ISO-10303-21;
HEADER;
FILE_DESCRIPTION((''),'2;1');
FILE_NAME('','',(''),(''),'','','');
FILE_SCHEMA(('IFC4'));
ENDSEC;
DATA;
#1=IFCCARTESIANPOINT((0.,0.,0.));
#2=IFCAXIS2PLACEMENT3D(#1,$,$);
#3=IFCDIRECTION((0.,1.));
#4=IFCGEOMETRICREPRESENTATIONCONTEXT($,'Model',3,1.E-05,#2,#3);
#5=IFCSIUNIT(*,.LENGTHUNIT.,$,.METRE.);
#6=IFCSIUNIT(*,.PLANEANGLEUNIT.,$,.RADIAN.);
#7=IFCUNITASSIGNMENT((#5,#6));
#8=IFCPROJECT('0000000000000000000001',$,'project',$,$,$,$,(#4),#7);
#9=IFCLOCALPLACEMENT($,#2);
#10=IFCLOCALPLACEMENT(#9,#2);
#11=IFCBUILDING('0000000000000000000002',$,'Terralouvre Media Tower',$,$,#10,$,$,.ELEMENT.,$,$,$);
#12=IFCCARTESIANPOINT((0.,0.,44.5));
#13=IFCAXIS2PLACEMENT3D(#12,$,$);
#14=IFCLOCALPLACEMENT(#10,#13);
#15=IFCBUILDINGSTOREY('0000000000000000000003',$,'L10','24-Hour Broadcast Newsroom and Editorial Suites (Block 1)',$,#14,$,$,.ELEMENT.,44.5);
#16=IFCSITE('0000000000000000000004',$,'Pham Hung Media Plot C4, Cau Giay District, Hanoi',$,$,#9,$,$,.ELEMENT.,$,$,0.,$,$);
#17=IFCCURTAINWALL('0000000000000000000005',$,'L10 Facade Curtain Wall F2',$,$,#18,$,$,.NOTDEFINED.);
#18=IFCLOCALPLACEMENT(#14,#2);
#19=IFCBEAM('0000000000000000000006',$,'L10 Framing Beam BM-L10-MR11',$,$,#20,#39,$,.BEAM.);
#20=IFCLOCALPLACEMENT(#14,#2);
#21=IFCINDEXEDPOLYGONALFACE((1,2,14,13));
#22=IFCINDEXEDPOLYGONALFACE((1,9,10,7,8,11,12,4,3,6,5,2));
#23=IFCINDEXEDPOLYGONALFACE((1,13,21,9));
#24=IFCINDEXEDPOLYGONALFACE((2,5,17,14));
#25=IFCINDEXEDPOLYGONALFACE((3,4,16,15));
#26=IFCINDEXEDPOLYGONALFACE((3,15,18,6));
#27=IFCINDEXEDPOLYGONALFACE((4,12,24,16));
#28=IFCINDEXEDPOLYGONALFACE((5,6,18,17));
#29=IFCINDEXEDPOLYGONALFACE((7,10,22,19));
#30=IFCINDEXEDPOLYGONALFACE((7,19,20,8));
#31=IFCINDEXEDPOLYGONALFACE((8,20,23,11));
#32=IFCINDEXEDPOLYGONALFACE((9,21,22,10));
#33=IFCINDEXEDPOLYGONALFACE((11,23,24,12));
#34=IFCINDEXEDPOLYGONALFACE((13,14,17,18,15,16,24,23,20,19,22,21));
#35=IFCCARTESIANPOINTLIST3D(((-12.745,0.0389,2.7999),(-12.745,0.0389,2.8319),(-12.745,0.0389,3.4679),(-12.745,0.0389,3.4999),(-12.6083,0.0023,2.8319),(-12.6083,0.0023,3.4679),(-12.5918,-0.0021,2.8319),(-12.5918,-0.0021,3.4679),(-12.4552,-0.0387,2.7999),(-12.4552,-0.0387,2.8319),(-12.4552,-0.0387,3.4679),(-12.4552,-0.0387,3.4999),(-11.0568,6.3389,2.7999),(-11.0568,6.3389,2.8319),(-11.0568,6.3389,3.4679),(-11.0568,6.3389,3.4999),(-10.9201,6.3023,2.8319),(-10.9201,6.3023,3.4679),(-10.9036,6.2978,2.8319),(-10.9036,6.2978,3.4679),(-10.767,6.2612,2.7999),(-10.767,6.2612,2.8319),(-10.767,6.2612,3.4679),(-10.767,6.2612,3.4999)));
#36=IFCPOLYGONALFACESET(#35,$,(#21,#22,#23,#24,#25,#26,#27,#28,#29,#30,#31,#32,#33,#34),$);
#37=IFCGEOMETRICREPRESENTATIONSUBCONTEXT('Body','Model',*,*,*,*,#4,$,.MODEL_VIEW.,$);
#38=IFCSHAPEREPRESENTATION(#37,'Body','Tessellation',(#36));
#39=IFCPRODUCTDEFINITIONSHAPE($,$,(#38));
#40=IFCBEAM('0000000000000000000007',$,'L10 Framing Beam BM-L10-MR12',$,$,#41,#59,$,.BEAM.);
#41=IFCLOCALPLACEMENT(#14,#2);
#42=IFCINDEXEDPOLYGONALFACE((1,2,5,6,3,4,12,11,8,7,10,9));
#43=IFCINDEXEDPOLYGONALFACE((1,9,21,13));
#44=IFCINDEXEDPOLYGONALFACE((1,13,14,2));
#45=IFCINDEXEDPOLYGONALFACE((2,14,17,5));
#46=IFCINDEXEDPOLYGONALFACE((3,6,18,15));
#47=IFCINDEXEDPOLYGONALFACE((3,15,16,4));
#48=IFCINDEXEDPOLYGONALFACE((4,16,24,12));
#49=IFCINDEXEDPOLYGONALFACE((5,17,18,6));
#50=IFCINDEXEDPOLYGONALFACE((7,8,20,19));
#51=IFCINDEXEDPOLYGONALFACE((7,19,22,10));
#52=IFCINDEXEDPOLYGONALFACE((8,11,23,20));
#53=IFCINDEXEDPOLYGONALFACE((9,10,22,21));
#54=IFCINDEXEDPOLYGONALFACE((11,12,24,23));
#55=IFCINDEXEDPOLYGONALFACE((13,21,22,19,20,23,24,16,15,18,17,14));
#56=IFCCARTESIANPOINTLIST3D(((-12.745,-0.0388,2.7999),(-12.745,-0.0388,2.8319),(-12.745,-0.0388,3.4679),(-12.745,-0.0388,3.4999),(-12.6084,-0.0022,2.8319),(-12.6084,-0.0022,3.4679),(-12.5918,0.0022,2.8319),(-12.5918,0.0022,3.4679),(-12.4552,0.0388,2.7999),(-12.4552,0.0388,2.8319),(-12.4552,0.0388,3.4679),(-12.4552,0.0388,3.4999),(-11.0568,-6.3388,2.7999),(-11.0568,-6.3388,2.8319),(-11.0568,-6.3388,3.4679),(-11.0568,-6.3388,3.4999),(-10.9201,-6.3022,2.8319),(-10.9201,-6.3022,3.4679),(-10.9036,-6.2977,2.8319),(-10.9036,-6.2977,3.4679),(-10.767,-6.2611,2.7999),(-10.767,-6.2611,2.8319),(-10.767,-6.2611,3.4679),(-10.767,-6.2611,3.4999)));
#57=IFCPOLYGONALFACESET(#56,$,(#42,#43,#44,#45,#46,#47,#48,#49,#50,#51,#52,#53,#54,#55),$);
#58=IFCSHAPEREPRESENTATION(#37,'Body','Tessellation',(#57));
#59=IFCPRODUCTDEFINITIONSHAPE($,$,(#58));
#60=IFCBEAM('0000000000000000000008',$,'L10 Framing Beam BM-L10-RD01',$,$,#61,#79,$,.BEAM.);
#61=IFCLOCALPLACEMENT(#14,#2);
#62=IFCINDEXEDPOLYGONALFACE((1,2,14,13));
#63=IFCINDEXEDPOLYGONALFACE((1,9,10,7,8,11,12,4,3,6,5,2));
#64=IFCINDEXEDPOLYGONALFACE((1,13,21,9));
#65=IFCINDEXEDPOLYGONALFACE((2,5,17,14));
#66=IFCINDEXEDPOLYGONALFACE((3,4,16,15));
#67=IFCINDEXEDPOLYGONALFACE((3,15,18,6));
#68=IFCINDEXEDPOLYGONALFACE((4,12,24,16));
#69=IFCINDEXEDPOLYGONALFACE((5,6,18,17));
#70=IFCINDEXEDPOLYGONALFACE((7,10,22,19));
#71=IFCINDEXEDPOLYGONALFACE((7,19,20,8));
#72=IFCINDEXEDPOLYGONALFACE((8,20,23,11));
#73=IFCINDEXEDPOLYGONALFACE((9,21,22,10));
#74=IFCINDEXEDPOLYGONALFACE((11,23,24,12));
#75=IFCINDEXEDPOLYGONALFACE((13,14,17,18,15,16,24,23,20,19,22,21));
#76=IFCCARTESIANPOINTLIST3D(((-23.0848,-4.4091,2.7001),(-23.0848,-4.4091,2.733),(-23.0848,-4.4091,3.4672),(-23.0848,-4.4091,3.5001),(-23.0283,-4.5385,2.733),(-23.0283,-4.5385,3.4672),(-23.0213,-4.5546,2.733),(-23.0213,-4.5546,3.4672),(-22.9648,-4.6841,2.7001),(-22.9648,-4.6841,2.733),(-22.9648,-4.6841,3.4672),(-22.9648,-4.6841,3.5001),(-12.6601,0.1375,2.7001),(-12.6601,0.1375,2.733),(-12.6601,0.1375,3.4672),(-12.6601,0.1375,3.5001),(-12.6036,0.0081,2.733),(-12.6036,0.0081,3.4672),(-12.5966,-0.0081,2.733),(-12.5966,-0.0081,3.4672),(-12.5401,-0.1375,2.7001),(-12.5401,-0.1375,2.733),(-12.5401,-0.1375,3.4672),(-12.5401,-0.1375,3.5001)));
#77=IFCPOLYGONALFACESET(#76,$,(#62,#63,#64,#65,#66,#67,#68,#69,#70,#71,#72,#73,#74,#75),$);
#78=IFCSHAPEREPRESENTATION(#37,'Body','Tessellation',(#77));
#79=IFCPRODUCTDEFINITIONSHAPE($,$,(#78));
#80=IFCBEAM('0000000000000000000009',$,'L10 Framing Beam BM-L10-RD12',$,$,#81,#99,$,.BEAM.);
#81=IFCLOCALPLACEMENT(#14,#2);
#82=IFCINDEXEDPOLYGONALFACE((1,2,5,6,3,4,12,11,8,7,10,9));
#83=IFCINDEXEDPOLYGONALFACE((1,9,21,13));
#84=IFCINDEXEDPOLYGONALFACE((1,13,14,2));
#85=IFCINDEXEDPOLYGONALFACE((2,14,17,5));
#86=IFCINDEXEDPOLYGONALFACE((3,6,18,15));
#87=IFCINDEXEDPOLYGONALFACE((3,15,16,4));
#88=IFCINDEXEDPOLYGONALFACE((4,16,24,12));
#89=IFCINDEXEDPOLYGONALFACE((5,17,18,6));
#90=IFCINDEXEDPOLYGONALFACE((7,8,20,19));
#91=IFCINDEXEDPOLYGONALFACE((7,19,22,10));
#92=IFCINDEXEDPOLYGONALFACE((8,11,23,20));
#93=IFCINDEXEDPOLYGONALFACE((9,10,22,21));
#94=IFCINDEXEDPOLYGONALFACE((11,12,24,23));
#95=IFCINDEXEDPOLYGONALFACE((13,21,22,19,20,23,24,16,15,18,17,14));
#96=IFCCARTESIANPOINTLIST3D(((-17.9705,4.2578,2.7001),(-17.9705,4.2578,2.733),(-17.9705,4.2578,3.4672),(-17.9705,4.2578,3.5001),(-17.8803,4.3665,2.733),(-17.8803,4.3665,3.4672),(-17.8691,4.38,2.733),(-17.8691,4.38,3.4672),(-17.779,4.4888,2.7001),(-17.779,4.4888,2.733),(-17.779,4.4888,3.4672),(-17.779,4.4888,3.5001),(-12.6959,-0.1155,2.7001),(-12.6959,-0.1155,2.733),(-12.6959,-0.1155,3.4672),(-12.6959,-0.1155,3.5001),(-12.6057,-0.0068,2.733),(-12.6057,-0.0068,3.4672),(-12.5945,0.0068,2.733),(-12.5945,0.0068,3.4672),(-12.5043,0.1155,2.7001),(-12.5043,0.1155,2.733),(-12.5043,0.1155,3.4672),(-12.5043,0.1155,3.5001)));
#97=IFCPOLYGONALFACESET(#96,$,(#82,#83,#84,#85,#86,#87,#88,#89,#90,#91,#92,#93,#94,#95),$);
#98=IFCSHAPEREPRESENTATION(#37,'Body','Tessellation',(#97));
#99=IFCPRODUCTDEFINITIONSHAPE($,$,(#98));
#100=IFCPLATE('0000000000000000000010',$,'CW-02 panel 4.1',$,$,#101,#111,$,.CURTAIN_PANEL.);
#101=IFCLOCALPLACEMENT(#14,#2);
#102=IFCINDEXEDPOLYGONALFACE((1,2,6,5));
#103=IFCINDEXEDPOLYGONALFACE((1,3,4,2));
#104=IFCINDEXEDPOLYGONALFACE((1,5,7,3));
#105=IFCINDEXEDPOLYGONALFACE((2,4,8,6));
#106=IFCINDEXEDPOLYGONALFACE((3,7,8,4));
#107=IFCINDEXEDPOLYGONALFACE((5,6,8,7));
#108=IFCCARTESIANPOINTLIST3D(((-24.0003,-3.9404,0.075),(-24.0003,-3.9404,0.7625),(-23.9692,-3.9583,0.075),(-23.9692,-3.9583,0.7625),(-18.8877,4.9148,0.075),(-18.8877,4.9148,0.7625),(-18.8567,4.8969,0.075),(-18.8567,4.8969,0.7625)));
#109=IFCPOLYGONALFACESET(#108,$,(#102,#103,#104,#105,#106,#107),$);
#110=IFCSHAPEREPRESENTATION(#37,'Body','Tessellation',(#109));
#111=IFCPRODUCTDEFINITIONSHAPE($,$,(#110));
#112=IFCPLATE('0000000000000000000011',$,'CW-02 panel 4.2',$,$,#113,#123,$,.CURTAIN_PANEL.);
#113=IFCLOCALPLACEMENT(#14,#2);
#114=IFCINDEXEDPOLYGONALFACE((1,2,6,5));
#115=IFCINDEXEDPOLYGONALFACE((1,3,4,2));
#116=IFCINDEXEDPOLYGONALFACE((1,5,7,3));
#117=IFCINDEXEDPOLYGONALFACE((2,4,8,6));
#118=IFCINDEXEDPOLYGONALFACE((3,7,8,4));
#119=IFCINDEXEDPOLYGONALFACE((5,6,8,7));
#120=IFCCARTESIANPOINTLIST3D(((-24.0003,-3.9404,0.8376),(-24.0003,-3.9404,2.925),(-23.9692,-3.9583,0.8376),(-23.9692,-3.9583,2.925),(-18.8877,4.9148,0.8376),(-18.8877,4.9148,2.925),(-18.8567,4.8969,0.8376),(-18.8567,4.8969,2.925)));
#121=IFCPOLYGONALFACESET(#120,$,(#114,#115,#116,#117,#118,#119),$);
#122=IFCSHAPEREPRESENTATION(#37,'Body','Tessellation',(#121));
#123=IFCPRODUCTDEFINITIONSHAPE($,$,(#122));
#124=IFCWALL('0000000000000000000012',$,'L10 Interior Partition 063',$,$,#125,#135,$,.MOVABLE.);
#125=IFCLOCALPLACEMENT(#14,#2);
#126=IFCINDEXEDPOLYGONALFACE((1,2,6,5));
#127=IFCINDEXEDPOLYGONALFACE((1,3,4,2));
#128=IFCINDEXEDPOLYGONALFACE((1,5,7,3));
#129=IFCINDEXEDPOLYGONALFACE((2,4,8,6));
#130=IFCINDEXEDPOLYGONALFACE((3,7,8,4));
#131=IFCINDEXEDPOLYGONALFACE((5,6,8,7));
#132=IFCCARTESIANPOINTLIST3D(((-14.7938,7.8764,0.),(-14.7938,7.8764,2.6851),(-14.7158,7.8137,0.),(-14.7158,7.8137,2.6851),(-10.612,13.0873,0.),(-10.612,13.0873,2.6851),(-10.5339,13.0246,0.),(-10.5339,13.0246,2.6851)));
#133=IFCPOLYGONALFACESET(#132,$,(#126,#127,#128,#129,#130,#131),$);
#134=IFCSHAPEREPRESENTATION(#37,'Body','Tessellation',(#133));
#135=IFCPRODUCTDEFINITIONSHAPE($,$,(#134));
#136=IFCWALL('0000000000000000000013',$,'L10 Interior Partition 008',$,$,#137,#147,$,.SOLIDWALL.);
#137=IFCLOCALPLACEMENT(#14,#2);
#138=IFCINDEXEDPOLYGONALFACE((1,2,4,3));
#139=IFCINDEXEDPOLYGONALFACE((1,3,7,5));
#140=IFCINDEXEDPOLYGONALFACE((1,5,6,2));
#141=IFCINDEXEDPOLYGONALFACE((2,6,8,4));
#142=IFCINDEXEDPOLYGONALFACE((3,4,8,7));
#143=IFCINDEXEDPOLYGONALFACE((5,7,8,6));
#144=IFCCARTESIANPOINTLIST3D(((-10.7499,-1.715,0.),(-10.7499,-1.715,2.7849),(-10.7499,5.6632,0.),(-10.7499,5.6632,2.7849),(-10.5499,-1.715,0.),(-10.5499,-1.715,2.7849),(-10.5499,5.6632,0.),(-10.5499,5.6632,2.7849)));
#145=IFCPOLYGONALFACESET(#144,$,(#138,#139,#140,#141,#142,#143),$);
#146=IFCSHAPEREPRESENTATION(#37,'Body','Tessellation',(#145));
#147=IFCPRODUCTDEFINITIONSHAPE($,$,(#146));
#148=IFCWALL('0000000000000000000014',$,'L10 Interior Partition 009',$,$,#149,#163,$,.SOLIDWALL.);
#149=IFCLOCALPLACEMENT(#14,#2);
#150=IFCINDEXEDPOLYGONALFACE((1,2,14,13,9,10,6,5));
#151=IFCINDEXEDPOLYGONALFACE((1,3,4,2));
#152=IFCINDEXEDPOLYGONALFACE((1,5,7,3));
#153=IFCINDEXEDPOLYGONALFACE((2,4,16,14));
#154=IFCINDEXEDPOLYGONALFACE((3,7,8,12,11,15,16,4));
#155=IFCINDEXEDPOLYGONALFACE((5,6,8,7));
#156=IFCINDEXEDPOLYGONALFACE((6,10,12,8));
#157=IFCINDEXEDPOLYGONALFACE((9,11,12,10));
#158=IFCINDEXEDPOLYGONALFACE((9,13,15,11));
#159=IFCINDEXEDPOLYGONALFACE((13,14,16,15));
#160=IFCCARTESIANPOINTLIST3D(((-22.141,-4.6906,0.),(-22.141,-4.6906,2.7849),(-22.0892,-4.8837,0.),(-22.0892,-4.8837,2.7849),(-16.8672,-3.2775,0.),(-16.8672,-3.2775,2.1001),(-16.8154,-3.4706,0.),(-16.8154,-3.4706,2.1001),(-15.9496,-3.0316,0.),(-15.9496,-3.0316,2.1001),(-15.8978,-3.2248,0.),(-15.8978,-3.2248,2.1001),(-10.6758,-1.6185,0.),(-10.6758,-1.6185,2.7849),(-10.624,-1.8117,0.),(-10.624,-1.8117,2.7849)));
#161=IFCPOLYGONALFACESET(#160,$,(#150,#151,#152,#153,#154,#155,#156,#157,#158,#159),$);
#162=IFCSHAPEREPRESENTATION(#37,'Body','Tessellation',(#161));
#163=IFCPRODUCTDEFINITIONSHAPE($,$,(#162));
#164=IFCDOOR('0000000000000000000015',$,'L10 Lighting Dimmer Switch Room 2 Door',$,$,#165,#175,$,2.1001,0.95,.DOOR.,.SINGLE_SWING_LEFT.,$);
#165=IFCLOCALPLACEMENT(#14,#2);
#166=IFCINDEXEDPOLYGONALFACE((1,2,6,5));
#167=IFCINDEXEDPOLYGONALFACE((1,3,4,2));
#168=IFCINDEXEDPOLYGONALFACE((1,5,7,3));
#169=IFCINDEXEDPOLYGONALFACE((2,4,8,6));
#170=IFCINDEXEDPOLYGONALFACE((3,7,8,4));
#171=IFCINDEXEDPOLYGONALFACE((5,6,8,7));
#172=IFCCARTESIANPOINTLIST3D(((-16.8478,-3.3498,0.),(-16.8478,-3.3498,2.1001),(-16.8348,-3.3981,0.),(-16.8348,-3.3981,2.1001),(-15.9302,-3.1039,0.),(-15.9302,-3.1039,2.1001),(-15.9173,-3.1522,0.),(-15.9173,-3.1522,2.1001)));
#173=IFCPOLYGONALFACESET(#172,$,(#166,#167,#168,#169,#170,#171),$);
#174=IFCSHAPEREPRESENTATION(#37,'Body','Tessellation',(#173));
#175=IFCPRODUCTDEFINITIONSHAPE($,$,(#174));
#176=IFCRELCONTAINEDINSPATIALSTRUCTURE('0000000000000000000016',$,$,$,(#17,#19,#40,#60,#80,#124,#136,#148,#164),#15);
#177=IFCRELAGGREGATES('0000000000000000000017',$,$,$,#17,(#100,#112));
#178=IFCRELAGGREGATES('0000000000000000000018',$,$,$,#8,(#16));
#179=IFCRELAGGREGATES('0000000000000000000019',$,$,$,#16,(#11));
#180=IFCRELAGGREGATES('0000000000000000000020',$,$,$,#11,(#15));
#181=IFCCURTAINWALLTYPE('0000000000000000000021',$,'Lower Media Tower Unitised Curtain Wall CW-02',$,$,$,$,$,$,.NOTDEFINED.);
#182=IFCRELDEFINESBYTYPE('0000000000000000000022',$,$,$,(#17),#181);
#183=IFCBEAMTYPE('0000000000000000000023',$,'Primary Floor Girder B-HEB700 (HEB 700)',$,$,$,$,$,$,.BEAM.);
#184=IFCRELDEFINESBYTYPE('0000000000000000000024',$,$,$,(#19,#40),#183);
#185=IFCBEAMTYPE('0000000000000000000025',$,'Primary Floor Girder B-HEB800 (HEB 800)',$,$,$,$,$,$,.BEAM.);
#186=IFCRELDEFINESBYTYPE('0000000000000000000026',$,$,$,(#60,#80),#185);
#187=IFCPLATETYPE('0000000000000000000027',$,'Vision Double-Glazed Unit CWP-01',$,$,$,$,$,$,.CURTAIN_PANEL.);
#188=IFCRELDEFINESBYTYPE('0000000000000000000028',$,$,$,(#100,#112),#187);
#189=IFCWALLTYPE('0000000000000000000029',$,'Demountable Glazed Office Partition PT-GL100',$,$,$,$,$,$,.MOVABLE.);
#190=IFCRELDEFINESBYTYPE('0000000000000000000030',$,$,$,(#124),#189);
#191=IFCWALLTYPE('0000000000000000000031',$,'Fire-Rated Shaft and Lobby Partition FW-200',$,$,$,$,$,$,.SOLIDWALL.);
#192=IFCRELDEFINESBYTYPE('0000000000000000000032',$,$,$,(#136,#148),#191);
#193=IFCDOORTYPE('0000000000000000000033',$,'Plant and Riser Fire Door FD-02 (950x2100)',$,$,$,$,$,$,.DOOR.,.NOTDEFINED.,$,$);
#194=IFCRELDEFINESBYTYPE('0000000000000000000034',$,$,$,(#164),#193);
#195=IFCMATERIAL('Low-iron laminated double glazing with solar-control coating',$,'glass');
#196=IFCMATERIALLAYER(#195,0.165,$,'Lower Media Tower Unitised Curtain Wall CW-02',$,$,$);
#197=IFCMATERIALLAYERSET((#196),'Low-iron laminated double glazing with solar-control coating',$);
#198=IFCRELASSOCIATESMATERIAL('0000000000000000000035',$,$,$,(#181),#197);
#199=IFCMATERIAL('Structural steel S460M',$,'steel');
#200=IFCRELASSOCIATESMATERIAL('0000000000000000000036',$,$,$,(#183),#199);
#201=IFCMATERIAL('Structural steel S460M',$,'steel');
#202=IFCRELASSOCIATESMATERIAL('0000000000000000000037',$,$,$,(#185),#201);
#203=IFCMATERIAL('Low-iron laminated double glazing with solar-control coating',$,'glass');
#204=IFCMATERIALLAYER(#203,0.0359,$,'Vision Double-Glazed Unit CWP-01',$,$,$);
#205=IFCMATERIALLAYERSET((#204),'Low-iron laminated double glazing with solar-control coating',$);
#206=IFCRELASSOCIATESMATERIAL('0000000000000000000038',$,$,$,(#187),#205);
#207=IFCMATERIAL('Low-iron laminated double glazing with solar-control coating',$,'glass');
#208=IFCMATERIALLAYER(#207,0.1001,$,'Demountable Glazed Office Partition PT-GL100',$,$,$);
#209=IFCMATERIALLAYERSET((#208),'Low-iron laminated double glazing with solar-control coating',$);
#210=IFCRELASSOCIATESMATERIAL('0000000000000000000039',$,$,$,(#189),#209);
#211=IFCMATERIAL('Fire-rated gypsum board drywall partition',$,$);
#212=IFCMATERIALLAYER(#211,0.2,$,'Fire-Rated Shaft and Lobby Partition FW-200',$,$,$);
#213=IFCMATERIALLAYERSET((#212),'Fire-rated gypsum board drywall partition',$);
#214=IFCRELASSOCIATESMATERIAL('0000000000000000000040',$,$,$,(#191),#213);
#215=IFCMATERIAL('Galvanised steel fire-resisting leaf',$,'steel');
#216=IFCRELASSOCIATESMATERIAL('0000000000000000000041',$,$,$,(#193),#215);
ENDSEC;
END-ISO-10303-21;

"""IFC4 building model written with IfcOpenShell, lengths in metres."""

from ifc_helpers import new_model, si_unit, direction, frame, frame_2d, origin, origin_2d, place, context, subcontext, project, spatial, rectangle, i_section, extrude, material, layer, layer_set, material_profile, profile_set, type_object, element, fill, aggregate, save


model = new_model("IFC4")

# Units and contexts
model_context = context("Model", 3, precision=1e-05, world=origin(), true_north=direction((0.0, 1.0)))
body_context = subcontext(model_context, "Body", "Model", "MODEL_VIEW")
ifc_project = project(units=[si_unit("LENGTHUNIT", "METRE"), si_unit("PLANEANGLEUNIT", "RADIAN")], contexts=[model_context])

# Site, building, storey
site_placement = place(None, origin())
site = spatial("IfcSite", under=ifc_project, at=site_placement, Name="Pham Hung Media Plot C4, Cau Giay District, Hanoi", CompositionType="ELEMENT", RefElevation=0.0)
building_placement = place(site_placement, origin())
building = spatial("IfcBuilding", under=site, at=building_placement, Name="Terralouvre Media Tower", CompositionType="ELEMENT")
storey_placement = place(building_placement, frame((0.0, 0.0, 44.5)))
storey = spatial("IfcBuildingStorey", under=building, at=storey_placement, Name="L10", Description="24-Hour Broadcast Newsroom and Editorial Suites (Block 1)", CompositionType="ELEMENT", Elevation=44.5)

# Curtain wall
ifc_material_1 = material(Name="Low-iron laminated double glazing with solar-control coating", Category="glass")
ifc_layer_1 = layer(ifc_material_1, 0.165, Name="Lower Media Tower Unitised Curtain Wall CW-02")
ifc_layer_set_1 = layer_set([ifc_layer_1], Name="Low-iron laminated double glazing with solar-control coating")
curtain_wall_type = type_object("IfcCurtainWallType", Name="Lower Media Tower Unitised Curtain Wall CW-02", PredefinedType="NOTDEFINED", material=ifc_layer_set_1)
curtain_wall_placement = place(storey_placement, origin())
curtain_wall = element("IfcCurtainWall", 1, at=curtain_wall_placement, inside=storey, type_object=curtain_wall_type, Name="L10 Facade Curtain Wall F2", PredefinedType="NOTDEFINED")

# Beams
ifc_material_2 = material(Name="Structural steel S460M", Category="steel")
ifc_material_profile_1 = material_profile(ifc_material_2, i_section(OverallWidth=0.3, OverallDepth=0.7, WebThickness=0.0171, FlangeThickness=0.032, at=origin_2d()), Name="HEB 700")
ifc_profile_set_1 = profile_set([ifc_material_profile_1], Name="Structural steel S460M")
beam_type_1 = type_object("IfcBeamType", Name="Primary Floor Girder B-HEB700 (HEB 700)", PredefinedType="BEAM", material=ifc_profile_set_1)
for number, where, z_axis, x_axis, name in (
    (2, (-10.9119, 6.3, 3.1499), (-0.258839, -0.96592, 0.0), (0.96592, -0.258839, 0.0), "L10 Framing Beam BM-L10-MR11"),
    (3, (-12.6001, 0.0, 3.1499), (0.258839, -0.96592, 0.0), (0.96592, 0.258839, 0.0), "L10 Framing Beam BM-L10-MR12"),
):
    element("IfcBeam", number, at=place(storey_placement, frame(where, z_axis=z_axis, x_axis=x_axis)), inside=storey, type_object=beam_type_1, Name=name, PredefinedType="BEAM", context=body_context, shape_type="SweptSolid", body=[
        extrude(i_section(OverallWidth=0.3, OverallDepth=0.7, WebThickness=0.0171, FlangeThickness=0.032, at=origin_2d()), origin(), (0.0, 0.0, 1.0), 6.5222),
    ])
ifc_material_3 = material(Name="Structural steel S460M", Category="steel")
ifc_material_profile_2 = material_profile(ifc_material_3, i_section(OverallWidth=0.3, OverallDepth=0.8, WebThickness=0.0176, FlangeThickness=0.033, at=origin_2d()), Name="HEB 800")
ifc_profile_set_2 = profile_set([ifc_material_profile_2], Name="Structural steel S460M")
beam_type_2 = type_object("IfcBeamType", Name="Primary Floor Girder B-HEB800 (HEB 800)", PredefinedType="BEAM", material=ifc_profile_set_2)
beam_1_placement = place(storey_placement, frame((-12.6001, 0.0, 3.1001), z_axis=(-0.916616, -0.399769, 0.0), x_axis=(0.399769, -0.916616, 0.0)))
element("IfcBeam", 4, at=beam_1_placement, inside=storey, type_object=beam_type_2, Name="L10 Framing Beam BM-L10-RD01", PredefinedType="BEAM", context=body_context, shape_type="SweptSolid", body=[
    extrude(i_section(OverallWidth=0.3, OverallDepth=0.8, WebThickness=0.0176, FlangeThickness=0.033, at=origin_2d()), origin(), (0.0, 0.0, 1.0), 11.373),
])
beam_2_placement = place(storey_placement, frame((-12.6001, 0.0, 3.1001), z_axis=(-0.769816, 0.638265, 0.0), x_axis=(-0.638265, -0.769816, 0.0)))
element("IfcBeam", 5, at=beam_2_placement, inside=storey, type_object=beam_type_2, Name="L10 Framing Beam BM-L10-RD12", PredefinedType="BEAM", context=body_context, shape_type="SweptSolid", body=[
    extrude(i_section(OverallWidth=0.3, OverallDepth=0.8, WebThickness=0.0176, FlangeThickness=0.033, at=origin_2d()), origin(), (0.0, 0.0, 1.0), 6.8518),
])

# Plates
ifc_material_4 = material(Name="Low-iron laminated double glazing with solar-control coating", Category="glass")
ifc_layer_2 = layer(ifc_material_4, 0.0359, Name="Vision Double-Glazed Unit CWP-01")
ifc_layer_set_2 = layer_set([ifc_layer_2], Name="Low-iron laminated double glazing with solar-control coating")
plate_type = type_object("IfcPlateType", Name="Vision Double-Glazed Unit CWP-01", PredefinedType="CURTAIN_PANEL", material=ifc_layer_set_2)
plate_1_placement = place(storey_placement, frame((-21.4285, 0.4783, 0.075), z_axis=(0.0, 0.0, 1.0), x_axis=(-0.5, -0.866025, 0.0)))
plate_1 = element("IfcPlate", 6, at=plate_1_placement, type_object=plate_type, Name="CW-02 panel 4.1", PredefinedType="CURTAIN_PANEL", context=body_context, shape_type="SweptSolid", body=[
    extrude(rectangle(XDim=10.2251, YDim=0.0359, at=origin_2d()), origin(), (0.0, 0.0, 1.0), 0.6875),
])
plate_2_placement = place(storey_placement, frame((-21.4285, 0.4783, 0.8376), z_axis=(0.0, 0.0, 1.0), x_axis=(-0.5, -0.866025, 0.0)))
plate_2 = element("IfcPlate", 7, at=plate_2_placement, type_object=plate_type, Name="CW-02 panel 4.2", PredefinedType="CURTAIN_PANEL", context=body_context, shape_type="SweptSolid", body=[
    extrude(rectangle(XDim=10.2251, YDim=0.0359, at=origin_2d()), origin(), (0.0, 0.0, 1.0), 2.0874),
])
aggregate(curtain_wall, [plate_1, plate_2])

# Walls
ifc_material_5 = material(Name="Low-iron laminated double glazing with solar-control coating", Category="glass")
ifc_layer_3 = layer(ifc_material_5, 0.1001, Name="Demountable Glazed Office Partition PT-GL100")
ifc_layer_set_3 = layer_set([ifc_layer_3], Name="Low-iron laminated double glazing with solar-control coating")
wall_type_1 = type_object("IfcWallType", Name="Demountable Glazed Office Partition PT-GL100", PredefinedType="MOVABLE", material=ifc_layer_set_3)
wall_1_placement = place(storey_placement, frame((-14.7549, 7.845, 0.0), z_axis=(0.0, 0.0, 1.0), x_axis=(0.625893, 0.779909, 0.0)))
element("IfcWall", 8, at=wall_1_placement, inside=storey, type_object=wall_type_1, Name="L10 Interior Partition 063", PredefinedType="MOVABLE", context=body_context, shape_type="SweptSolid", body=[
    extrude(rectangle(XDim=6.6814, YDim=0.1001, at=frame_2d((3.3408, 0.0))), origin(), (0.0, 0.0, 1.0), 2.6851),
])
ifc_material_6 = material(Name="Fire-rated gypsum board drywall partition")
ifc_layer_4 = layer(ifc_material_6, 0.2, Name="Fire-Rated Shaft and Lobby Partition FW-200")
ifc_layer_set_4 = layer_set([ifc_layer_4], Name="Fire-rated gypsum board drywall partition")
wall_type_2 = type_object("IfcWallType", Name="Fire-Rated Shaft and Lobby Partition FW-200", PredefinedType="SOLIDWALL", material=ifc_layer_set_4)
wall_2_placement = place(storey_placement, frame((-10.6499, 5.6631, 0.0), z_axis=(0.0, 0.0, 1.0), x_axis=(0.0, -1.0, 0.0)))
element("IfcWall", 9, at=wall_2_placement, inside=storey, type_object=wall_type_2, Name="L10 Interior Partition 008", PredefinedType="SOLIDWALL", context=body_context, shape_type="SweptSolid", body=[
    extrude(rectangle(XDim=7.3782, YDim=0.2, at=frame_2d((3.689, 0.0))), origin(), (0.0, 0.0, 1.0), 2.7849),
])

# Wall, opening, door
wall_3_placement = place(storey_placement, frame((-10.6499, -1.7151, 0.0), z_axis=(0.0, 0.0, 1.0), x_axis=(-0.965927, -0.258816, 0.0)))
wall_3 = element("IfcWall", 10, at=wall_3_placement, inside=storey, type_object=wall_type_2, Name="L10 Interior Partition 009", PredefinedType="SOLIDWALL", context=body_context, shape_type="SweptSolid", body=[
    extrude(rectangle(XDim=11.8696, YDim=0.2, at=frame_2d((5.9348, 0.0))), origin(), (0.0, 0.0, 1.0), 2.7849),
])
opening_placement = place(wall_3_placement, frame((5.4597, 0.0, 0.0)))
opening = element("IfcOpeningElement", 11, at=opening_placement, cuts=wall_3, PredefinedType="OPENING", context=body_context, shape_type="SweptSolid", body=[
    extrude(rectangle(XDim=0.95, YDim=2.1001, at=frame_2d((0.4751, 1.05))), frame((0.0, 0.1099, 0.0), z_axis=(0.0, -1.0, 0.0), x_axis=(1.0, 0.0, 0.0)), (0.0, 0.0, 1.0), 0.22),
])
ifc_material_7 = material(Name="Galvanised steel fire-resisting leaf", Category="steel")
door_type = type_object("IfcDoorType", Name="Plant and Riser Fire Door FD-02 (950x2100)", OperationType="NOTDEFINED", PredefinedType="DOOR", material=ifc_material_7)
door_placement = place(opening_placement, origin())
door = element("IfcDoor", 12, at=door_placement, inside=storey, type_object=door_type, Name="L10 Lighting Dimmer Switch Room 2 Door", OperationType="SINGLE_SWING_LEFT", OverallHeight=2.1001, OverallWidth=0.95, PredefinedType="DOOR", context=body_context, shape_type="SweptSolid", body=[
    extrude(rectangle(XDim=0.95, YDim=2.1001, at=frame_2d((0.4751, 1.05))), frame((0.0, 0.0249, 0.0), z_axis=(0.0, -1.0, 0.0), x_axis=(1.0, 0.0, 0.0)), (0.0, 0.0, 1.0), 0.05),
])
fill(opening, door)

save(model, "model.ifc")
